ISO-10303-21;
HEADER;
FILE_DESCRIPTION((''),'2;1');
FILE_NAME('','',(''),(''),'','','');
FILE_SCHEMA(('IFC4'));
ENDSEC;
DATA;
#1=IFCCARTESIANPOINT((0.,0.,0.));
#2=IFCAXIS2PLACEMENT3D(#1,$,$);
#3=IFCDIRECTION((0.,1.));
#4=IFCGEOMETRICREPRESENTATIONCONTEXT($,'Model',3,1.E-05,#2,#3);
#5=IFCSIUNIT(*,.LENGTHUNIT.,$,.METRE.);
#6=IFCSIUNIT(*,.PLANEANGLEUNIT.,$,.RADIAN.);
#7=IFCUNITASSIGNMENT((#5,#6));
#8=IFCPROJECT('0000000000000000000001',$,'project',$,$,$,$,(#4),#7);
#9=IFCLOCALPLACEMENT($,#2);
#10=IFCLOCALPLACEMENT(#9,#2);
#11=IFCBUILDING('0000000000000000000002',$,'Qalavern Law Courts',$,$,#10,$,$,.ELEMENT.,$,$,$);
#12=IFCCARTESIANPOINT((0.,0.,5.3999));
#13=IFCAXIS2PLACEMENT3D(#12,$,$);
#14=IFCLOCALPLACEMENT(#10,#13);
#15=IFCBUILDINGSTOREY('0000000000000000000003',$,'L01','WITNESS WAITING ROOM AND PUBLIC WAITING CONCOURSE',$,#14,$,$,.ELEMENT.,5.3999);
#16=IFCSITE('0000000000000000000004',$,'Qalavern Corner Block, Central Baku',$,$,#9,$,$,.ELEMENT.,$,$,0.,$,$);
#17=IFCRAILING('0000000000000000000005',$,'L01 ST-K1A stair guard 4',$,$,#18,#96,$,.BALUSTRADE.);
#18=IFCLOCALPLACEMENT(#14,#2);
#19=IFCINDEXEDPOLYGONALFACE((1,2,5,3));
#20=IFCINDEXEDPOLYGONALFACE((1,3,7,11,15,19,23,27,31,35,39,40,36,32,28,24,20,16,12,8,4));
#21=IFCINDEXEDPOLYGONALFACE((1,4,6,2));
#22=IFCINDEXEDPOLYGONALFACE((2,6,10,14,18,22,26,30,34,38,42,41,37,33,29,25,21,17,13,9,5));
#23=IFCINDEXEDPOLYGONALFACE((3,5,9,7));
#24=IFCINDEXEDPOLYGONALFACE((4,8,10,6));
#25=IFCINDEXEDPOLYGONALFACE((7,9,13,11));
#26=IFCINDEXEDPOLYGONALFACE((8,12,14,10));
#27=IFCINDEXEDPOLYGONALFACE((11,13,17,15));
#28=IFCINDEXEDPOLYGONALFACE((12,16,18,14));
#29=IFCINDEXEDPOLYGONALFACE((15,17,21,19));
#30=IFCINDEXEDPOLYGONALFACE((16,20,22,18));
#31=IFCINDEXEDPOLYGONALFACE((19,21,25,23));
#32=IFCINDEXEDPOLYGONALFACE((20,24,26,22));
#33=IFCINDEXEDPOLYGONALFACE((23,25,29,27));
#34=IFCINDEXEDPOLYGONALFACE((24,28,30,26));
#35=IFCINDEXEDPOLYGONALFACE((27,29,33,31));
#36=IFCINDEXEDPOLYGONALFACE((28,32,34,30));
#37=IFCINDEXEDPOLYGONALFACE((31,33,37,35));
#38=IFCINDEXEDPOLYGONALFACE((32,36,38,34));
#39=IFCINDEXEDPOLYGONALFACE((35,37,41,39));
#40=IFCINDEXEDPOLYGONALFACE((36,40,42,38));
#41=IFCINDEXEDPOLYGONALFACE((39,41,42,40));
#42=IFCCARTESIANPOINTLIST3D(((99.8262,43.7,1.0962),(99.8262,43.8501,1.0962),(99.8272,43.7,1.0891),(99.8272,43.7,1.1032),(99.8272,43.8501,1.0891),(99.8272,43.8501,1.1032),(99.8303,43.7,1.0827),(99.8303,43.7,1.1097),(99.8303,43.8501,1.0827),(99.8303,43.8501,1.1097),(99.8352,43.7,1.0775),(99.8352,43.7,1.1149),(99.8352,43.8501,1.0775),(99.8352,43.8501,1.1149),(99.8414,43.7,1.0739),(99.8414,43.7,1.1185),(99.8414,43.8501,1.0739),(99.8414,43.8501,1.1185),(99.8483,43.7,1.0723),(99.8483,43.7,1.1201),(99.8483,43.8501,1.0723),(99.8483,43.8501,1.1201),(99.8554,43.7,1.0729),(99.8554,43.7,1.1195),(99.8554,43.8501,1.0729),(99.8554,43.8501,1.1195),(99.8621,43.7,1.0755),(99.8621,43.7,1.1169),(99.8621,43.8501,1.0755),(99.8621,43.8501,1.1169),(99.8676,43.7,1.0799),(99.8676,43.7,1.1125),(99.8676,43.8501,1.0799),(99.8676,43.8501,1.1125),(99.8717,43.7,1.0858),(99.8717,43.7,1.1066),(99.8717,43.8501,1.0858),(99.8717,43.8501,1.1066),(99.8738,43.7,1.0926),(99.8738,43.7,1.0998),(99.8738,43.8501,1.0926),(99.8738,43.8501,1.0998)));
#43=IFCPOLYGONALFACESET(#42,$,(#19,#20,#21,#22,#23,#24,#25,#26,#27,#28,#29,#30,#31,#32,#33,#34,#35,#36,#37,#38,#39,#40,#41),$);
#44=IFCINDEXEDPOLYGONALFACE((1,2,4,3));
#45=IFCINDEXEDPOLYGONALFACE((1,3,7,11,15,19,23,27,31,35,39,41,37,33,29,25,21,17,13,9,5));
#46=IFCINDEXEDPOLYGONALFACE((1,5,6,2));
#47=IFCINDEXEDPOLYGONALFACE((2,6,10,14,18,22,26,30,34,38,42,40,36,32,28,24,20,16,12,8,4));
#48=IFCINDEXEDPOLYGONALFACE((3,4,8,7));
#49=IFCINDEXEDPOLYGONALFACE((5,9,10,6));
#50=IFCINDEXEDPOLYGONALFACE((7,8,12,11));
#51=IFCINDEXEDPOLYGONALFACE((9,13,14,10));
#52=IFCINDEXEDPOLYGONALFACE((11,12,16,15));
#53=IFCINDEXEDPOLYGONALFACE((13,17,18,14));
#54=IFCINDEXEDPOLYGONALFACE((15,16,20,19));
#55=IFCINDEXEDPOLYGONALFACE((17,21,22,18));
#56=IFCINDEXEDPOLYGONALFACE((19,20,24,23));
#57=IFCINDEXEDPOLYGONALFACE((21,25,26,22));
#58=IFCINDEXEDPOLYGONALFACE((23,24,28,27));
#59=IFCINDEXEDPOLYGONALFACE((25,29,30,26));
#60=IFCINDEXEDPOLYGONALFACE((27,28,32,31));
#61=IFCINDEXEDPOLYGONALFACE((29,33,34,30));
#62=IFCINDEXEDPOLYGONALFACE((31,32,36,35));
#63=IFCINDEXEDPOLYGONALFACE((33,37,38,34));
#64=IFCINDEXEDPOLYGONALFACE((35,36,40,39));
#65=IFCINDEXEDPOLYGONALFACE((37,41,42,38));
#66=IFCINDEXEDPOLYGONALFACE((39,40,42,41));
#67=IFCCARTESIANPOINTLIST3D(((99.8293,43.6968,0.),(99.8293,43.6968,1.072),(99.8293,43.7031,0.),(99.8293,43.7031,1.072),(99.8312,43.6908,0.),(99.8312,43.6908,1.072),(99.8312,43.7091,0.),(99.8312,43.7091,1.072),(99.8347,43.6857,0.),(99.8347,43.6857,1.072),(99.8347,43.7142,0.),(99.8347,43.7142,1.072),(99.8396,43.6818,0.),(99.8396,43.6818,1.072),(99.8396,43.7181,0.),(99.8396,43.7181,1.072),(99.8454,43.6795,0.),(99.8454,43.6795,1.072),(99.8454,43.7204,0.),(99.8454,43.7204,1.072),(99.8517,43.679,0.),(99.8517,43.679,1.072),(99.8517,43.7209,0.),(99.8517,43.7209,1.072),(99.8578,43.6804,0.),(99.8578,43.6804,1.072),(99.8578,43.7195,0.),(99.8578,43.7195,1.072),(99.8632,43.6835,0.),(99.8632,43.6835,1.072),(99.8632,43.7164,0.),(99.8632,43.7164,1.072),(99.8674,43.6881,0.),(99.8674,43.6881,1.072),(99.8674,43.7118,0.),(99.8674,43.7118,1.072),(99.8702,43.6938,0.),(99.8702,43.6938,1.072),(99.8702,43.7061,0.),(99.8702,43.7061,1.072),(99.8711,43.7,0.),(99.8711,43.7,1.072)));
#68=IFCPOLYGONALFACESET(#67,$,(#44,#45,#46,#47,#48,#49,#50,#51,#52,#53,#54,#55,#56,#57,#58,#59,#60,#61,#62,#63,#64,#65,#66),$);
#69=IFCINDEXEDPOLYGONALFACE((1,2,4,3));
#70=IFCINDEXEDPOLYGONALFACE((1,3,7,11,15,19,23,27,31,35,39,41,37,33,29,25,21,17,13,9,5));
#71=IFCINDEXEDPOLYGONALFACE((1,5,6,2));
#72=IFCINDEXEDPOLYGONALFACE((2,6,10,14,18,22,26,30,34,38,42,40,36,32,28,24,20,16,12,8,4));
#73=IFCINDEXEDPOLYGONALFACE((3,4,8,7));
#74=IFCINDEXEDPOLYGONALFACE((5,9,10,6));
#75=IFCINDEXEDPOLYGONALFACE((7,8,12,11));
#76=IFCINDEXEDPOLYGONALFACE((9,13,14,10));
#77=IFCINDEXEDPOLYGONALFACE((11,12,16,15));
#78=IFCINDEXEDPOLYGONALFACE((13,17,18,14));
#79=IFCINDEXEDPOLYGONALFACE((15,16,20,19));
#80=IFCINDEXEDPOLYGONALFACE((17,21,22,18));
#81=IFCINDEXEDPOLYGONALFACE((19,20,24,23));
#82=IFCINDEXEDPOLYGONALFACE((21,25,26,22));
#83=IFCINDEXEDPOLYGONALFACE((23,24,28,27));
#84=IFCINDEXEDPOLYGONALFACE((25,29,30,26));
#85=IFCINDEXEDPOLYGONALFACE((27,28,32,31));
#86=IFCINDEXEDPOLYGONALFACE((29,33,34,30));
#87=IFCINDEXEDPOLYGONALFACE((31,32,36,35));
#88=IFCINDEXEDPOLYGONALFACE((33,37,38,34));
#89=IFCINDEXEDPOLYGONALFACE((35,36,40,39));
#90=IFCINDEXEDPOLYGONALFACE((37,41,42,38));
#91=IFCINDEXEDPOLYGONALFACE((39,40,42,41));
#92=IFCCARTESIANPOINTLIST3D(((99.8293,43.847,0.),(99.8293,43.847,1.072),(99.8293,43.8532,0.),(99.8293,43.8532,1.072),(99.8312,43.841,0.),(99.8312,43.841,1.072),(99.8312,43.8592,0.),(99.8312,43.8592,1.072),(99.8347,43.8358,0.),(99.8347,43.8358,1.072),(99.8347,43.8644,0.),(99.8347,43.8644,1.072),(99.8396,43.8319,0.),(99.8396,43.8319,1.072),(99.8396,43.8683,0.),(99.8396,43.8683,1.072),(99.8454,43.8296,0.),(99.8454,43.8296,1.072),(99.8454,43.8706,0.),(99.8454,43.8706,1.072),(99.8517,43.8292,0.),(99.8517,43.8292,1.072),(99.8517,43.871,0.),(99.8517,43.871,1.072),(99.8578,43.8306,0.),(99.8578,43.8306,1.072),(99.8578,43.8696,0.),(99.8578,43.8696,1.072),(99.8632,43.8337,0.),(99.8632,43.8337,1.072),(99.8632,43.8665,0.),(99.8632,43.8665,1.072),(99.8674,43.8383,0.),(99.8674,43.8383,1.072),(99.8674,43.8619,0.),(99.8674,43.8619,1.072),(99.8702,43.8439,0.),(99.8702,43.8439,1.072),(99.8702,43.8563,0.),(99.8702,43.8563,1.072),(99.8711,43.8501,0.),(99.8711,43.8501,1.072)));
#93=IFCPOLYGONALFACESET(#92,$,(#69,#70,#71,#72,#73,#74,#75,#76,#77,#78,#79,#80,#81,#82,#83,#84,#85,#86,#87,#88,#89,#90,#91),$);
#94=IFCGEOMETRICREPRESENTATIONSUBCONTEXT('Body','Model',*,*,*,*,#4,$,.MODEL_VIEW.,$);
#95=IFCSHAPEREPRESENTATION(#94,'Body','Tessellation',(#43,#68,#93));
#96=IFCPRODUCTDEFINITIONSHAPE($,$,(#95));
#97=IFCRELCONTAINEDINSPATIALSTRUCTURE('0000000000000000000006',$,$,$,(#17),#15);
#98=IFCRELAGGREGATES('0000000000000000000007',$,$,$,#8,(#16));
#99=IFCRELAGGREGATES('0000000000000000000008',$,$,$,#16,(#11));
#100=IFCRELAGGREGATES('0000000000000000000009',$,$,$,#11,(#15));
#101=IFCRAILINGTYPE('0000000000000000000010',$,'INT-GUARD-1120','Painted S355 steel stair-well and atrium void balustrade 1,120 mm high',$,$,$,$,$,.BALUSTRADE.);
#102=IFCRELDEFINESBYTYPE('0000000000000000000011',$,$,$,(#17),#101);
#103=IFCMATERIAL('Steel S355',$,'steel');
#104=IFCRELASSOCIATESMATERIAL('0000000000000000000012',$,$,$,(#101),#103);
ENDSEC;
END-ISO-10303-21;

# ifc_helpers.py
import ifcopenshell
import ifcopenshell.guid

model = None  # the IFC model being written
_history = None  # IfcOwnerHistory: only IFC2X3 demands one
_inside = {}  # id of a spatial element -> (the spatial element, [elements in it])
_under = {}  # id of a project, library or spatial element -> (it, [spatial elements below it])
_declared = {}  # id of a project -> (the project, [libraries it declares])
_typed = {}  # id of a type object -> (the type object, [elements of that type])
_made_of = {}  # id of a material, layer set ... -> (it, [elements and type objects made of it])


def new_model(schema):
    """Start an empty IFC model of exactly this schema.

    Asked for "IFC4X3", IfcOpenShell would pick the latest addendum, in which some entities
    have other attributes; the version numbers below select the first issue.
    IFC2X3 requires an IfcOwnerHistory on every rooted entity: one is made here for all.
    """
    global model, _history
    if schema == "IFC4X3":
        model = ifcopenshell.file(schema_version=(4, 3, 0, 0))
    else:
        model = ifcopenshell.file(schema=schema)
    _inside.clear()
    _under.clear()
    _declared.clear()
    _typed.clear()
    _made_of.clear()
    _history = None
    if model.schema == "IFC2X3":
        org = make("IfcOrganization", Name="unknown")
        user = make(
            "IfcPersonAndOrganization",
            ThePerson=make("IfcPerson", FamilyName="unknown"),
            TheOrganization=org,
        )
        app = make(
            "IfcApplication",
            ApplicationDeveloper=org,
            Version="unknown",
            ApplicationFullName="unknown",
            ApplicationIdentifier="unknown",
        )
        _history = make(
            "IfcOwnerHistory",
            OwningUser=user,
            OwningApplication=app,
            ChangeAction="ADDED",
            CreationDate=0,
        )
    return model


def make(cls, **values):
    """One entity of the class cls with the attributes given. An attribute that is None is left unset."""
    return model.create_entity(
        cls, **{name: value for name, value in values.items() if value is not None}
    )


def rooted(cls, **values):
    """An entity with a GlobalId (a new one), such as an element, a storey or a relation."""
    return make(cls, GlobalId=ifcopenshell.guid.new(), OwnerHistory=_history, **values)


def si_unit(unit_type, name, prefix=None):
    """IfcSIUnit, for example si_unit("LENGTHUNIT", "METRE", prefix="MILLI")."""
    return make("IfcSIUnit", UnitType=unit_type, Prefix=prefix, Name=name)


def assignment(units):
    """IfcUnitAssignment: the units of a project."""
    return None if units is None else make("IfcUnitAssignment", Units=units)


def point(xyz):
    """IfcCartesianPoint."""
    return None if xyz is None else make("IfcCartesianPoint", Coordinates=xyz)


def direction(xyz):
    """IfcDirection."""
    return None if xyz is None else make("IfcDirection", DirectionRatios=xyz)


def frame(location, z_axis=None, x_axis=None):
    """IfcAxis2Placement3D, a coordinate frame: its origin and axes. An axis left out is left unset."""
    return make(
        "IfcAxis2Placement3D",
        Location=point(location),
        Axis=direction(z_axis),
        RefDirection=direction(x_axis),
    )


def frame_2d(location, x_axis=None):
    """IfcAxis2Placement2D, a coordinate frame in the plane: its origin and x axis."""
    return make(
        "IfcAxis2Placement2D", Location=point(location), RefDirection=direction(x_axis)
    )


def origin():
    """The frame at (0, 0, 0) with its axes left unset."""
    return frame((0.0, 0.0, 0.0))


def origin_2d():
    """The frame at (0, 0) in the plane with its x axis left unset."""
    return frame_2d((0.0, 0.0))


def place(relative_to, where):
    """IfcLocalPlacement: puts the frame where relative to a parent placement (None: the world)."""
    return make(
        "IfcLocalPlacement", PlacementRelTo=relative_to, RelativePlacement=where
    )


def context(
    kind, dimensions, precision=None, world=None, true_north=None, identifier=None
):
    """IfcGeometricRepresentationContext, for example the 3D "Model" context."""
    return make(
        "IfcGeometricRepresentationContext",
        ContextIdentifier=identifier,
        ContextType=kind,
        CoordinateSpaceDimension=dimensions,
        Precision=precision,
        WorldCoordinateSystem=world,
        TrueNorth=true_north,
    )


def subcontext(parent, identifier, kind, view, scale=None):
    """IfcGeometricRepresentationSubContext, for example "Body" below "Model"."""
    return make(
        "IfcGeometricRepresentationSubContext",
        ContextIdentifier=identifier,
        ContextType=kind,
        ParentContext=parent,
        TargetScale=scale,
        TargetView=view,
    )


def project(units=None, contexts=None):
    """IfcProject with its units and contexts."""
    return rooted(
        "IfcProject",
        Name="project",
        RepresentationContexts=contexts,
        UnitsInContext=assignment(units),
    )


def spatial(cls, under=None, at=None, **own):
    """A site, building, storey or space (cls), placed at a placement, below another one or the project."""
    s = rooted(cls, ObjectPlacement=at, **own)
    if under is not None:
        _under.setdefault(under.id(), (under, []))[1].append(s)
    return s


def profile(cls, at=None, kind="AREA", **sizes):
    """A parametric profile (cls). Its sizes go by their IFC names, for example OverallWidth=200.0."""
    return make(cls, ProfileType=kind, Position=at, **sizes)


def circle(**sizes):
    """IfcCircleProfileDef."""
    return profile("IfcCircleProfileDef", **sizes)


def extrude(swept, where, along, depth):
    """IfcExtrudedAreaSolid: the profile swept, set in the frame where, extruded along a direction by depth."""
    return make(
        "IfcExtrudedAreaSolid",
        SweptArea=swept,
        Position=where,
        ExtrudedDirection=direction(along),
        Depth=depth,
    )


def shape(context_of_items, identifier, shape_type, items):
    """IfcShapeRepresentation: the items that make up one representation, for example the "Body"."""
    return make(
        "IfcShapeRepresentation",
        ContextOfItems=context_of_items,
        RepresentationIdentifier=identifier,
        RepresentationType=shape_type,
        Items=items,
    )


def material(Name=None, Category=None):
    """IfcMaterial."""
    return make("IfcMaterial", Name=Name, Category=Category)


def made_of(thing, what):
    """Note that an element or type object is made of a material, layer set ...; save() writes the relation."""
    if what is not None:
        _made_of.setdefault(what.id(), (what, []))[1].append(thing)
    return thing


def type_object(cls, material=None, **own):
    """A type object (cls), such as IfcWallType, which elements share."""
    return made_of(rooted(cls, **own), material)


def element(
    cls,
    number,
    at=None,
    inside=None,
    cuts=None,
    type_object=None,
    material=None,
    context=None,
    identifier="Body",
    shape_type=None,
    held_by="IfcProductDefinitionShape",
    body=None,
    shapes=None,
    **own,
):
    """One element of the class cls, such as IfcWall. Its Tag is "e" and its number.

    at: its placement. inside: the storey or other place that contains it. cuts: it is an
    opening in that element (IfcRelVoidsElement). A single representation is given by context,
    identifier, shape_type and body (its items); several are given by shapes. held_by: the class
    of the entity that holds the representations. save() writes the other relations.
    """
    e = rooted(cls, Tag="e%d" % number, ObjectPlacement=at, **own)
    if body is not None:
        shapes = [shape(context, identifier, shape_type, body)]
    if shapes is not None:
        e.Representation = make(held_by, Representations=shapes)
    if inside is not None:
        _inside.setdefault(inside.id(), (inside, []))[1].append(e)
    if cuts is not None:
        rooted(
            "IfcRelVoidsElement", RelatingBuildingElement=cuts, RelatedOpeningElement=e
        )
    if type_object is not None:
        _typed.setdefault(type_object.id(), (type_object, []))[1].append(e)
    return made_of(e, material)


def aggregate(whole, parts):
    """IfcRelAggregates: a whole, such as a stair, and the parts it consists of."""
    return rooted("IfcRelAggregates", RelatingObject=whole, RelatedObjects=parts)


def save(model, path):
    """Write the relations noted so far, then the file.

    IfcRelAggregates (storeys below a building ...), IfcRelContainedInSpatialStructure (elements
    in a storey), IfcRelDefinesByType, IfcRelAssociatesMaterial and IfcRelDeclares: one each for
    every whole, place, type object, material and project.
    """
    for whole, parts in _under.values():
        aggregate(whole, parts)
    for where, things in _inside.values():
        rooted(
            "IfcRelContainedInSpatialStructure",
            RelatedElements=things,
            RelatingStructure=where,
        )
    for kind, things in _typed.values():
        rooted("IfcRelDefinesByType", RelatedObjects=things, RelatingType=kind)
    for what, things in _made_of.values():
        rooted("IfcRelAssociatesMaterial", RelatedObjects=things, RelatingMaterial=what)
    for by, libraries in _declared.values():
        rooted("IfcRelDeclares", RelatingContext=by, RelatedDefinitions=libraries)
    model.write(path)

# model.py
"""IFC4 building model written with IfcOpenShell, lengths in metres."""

from ifc_helpers import new_model, si_unit, direction, frame, origin, origin_2d, place, context, subcontext, project, spatial, circle, extrude, material, type_object, element, save


model = new_model("IFC4")

# Units and contexts
model_context = context("Model", 3, precision=1e-05, world=origin(), true_north=direction((0.0, 1.0)))
body_context = subcontext(model_context, "Body", "Model", "MODEL_VIEW")
ifc_project = project(units=[si_unit("LENGTHUNIT", "METRE"), si_unit("PLANEANGLEUNIT", "RADIAN")], contexts=[model_context])

# Site, building, storey
site_placement = place(None, origin())
site = spatial("IfcSite", under=ifc_project, at=site_placement, Name="Qalavern Corner Block, Central Baku", CompositionType="ELEMENT", RefElevation=0.0)
building_placement = place(site_placement, origin())
building = spatial("IfcBuilding", under=site, at=building_placement, Name="Qalavern Law Courts", CompositionType="ELEMENT")
storey_placement = place(building_placement, frame((0.0, 0.0, 5.3999)))
storey = spatial("IfcBuildingStorey", under=building, at=storey_placement, Name="L01", Description="WITNESS WAITING ROOM AND PUBLIC WAITING CONCOURSE", CompositionType="ELEMENT", Elevation=5.3999)

# Shared definitions
ifc_material_1 = material(Name="Steel S355", Category="steel")

# Railing
railing_type = type_object("IfcRailingType", Name="INT-GUARD-1120", Description="Painted S355 steel stair-well and atrium void balustrade 1,120 mm high", PredefinedType="BALUSTRADE", material=ifc_material_1)
railing_1_placement = place(storey_placement, frame((99.8501, 43.7, 0.0)))
element("IfcRailing", 1, at=railing_1_placement, inside=storey, type_object=railing_type, Name="L01 ST-K1A stair guard 4", PredefinedType="BALUSTRADE", context=body_context, shape_type="SweptSolid", body=[
    extrude(circle(Radius=0.0239, at=origin_2d()), frame((0.0, 0.0, 1.0962), z_axis=(0.0, 1.0, 0.0), x_axis=(-1.0, 0.0, 0.0)), (0.0, 0.0, 1.0), 0.1501),
    extrude(circle(Radius=0.021, at=origin_2d()), origin(), (0.0, 0.0, 1.0), 1.072),
    extrude(circle(Radius=0.021, at=origin_2d()), frame((0.0, 0.1501, 0.0)), (0.0, 0.0, 1.0), 1.072),
])

save(model, "model.ifc")
